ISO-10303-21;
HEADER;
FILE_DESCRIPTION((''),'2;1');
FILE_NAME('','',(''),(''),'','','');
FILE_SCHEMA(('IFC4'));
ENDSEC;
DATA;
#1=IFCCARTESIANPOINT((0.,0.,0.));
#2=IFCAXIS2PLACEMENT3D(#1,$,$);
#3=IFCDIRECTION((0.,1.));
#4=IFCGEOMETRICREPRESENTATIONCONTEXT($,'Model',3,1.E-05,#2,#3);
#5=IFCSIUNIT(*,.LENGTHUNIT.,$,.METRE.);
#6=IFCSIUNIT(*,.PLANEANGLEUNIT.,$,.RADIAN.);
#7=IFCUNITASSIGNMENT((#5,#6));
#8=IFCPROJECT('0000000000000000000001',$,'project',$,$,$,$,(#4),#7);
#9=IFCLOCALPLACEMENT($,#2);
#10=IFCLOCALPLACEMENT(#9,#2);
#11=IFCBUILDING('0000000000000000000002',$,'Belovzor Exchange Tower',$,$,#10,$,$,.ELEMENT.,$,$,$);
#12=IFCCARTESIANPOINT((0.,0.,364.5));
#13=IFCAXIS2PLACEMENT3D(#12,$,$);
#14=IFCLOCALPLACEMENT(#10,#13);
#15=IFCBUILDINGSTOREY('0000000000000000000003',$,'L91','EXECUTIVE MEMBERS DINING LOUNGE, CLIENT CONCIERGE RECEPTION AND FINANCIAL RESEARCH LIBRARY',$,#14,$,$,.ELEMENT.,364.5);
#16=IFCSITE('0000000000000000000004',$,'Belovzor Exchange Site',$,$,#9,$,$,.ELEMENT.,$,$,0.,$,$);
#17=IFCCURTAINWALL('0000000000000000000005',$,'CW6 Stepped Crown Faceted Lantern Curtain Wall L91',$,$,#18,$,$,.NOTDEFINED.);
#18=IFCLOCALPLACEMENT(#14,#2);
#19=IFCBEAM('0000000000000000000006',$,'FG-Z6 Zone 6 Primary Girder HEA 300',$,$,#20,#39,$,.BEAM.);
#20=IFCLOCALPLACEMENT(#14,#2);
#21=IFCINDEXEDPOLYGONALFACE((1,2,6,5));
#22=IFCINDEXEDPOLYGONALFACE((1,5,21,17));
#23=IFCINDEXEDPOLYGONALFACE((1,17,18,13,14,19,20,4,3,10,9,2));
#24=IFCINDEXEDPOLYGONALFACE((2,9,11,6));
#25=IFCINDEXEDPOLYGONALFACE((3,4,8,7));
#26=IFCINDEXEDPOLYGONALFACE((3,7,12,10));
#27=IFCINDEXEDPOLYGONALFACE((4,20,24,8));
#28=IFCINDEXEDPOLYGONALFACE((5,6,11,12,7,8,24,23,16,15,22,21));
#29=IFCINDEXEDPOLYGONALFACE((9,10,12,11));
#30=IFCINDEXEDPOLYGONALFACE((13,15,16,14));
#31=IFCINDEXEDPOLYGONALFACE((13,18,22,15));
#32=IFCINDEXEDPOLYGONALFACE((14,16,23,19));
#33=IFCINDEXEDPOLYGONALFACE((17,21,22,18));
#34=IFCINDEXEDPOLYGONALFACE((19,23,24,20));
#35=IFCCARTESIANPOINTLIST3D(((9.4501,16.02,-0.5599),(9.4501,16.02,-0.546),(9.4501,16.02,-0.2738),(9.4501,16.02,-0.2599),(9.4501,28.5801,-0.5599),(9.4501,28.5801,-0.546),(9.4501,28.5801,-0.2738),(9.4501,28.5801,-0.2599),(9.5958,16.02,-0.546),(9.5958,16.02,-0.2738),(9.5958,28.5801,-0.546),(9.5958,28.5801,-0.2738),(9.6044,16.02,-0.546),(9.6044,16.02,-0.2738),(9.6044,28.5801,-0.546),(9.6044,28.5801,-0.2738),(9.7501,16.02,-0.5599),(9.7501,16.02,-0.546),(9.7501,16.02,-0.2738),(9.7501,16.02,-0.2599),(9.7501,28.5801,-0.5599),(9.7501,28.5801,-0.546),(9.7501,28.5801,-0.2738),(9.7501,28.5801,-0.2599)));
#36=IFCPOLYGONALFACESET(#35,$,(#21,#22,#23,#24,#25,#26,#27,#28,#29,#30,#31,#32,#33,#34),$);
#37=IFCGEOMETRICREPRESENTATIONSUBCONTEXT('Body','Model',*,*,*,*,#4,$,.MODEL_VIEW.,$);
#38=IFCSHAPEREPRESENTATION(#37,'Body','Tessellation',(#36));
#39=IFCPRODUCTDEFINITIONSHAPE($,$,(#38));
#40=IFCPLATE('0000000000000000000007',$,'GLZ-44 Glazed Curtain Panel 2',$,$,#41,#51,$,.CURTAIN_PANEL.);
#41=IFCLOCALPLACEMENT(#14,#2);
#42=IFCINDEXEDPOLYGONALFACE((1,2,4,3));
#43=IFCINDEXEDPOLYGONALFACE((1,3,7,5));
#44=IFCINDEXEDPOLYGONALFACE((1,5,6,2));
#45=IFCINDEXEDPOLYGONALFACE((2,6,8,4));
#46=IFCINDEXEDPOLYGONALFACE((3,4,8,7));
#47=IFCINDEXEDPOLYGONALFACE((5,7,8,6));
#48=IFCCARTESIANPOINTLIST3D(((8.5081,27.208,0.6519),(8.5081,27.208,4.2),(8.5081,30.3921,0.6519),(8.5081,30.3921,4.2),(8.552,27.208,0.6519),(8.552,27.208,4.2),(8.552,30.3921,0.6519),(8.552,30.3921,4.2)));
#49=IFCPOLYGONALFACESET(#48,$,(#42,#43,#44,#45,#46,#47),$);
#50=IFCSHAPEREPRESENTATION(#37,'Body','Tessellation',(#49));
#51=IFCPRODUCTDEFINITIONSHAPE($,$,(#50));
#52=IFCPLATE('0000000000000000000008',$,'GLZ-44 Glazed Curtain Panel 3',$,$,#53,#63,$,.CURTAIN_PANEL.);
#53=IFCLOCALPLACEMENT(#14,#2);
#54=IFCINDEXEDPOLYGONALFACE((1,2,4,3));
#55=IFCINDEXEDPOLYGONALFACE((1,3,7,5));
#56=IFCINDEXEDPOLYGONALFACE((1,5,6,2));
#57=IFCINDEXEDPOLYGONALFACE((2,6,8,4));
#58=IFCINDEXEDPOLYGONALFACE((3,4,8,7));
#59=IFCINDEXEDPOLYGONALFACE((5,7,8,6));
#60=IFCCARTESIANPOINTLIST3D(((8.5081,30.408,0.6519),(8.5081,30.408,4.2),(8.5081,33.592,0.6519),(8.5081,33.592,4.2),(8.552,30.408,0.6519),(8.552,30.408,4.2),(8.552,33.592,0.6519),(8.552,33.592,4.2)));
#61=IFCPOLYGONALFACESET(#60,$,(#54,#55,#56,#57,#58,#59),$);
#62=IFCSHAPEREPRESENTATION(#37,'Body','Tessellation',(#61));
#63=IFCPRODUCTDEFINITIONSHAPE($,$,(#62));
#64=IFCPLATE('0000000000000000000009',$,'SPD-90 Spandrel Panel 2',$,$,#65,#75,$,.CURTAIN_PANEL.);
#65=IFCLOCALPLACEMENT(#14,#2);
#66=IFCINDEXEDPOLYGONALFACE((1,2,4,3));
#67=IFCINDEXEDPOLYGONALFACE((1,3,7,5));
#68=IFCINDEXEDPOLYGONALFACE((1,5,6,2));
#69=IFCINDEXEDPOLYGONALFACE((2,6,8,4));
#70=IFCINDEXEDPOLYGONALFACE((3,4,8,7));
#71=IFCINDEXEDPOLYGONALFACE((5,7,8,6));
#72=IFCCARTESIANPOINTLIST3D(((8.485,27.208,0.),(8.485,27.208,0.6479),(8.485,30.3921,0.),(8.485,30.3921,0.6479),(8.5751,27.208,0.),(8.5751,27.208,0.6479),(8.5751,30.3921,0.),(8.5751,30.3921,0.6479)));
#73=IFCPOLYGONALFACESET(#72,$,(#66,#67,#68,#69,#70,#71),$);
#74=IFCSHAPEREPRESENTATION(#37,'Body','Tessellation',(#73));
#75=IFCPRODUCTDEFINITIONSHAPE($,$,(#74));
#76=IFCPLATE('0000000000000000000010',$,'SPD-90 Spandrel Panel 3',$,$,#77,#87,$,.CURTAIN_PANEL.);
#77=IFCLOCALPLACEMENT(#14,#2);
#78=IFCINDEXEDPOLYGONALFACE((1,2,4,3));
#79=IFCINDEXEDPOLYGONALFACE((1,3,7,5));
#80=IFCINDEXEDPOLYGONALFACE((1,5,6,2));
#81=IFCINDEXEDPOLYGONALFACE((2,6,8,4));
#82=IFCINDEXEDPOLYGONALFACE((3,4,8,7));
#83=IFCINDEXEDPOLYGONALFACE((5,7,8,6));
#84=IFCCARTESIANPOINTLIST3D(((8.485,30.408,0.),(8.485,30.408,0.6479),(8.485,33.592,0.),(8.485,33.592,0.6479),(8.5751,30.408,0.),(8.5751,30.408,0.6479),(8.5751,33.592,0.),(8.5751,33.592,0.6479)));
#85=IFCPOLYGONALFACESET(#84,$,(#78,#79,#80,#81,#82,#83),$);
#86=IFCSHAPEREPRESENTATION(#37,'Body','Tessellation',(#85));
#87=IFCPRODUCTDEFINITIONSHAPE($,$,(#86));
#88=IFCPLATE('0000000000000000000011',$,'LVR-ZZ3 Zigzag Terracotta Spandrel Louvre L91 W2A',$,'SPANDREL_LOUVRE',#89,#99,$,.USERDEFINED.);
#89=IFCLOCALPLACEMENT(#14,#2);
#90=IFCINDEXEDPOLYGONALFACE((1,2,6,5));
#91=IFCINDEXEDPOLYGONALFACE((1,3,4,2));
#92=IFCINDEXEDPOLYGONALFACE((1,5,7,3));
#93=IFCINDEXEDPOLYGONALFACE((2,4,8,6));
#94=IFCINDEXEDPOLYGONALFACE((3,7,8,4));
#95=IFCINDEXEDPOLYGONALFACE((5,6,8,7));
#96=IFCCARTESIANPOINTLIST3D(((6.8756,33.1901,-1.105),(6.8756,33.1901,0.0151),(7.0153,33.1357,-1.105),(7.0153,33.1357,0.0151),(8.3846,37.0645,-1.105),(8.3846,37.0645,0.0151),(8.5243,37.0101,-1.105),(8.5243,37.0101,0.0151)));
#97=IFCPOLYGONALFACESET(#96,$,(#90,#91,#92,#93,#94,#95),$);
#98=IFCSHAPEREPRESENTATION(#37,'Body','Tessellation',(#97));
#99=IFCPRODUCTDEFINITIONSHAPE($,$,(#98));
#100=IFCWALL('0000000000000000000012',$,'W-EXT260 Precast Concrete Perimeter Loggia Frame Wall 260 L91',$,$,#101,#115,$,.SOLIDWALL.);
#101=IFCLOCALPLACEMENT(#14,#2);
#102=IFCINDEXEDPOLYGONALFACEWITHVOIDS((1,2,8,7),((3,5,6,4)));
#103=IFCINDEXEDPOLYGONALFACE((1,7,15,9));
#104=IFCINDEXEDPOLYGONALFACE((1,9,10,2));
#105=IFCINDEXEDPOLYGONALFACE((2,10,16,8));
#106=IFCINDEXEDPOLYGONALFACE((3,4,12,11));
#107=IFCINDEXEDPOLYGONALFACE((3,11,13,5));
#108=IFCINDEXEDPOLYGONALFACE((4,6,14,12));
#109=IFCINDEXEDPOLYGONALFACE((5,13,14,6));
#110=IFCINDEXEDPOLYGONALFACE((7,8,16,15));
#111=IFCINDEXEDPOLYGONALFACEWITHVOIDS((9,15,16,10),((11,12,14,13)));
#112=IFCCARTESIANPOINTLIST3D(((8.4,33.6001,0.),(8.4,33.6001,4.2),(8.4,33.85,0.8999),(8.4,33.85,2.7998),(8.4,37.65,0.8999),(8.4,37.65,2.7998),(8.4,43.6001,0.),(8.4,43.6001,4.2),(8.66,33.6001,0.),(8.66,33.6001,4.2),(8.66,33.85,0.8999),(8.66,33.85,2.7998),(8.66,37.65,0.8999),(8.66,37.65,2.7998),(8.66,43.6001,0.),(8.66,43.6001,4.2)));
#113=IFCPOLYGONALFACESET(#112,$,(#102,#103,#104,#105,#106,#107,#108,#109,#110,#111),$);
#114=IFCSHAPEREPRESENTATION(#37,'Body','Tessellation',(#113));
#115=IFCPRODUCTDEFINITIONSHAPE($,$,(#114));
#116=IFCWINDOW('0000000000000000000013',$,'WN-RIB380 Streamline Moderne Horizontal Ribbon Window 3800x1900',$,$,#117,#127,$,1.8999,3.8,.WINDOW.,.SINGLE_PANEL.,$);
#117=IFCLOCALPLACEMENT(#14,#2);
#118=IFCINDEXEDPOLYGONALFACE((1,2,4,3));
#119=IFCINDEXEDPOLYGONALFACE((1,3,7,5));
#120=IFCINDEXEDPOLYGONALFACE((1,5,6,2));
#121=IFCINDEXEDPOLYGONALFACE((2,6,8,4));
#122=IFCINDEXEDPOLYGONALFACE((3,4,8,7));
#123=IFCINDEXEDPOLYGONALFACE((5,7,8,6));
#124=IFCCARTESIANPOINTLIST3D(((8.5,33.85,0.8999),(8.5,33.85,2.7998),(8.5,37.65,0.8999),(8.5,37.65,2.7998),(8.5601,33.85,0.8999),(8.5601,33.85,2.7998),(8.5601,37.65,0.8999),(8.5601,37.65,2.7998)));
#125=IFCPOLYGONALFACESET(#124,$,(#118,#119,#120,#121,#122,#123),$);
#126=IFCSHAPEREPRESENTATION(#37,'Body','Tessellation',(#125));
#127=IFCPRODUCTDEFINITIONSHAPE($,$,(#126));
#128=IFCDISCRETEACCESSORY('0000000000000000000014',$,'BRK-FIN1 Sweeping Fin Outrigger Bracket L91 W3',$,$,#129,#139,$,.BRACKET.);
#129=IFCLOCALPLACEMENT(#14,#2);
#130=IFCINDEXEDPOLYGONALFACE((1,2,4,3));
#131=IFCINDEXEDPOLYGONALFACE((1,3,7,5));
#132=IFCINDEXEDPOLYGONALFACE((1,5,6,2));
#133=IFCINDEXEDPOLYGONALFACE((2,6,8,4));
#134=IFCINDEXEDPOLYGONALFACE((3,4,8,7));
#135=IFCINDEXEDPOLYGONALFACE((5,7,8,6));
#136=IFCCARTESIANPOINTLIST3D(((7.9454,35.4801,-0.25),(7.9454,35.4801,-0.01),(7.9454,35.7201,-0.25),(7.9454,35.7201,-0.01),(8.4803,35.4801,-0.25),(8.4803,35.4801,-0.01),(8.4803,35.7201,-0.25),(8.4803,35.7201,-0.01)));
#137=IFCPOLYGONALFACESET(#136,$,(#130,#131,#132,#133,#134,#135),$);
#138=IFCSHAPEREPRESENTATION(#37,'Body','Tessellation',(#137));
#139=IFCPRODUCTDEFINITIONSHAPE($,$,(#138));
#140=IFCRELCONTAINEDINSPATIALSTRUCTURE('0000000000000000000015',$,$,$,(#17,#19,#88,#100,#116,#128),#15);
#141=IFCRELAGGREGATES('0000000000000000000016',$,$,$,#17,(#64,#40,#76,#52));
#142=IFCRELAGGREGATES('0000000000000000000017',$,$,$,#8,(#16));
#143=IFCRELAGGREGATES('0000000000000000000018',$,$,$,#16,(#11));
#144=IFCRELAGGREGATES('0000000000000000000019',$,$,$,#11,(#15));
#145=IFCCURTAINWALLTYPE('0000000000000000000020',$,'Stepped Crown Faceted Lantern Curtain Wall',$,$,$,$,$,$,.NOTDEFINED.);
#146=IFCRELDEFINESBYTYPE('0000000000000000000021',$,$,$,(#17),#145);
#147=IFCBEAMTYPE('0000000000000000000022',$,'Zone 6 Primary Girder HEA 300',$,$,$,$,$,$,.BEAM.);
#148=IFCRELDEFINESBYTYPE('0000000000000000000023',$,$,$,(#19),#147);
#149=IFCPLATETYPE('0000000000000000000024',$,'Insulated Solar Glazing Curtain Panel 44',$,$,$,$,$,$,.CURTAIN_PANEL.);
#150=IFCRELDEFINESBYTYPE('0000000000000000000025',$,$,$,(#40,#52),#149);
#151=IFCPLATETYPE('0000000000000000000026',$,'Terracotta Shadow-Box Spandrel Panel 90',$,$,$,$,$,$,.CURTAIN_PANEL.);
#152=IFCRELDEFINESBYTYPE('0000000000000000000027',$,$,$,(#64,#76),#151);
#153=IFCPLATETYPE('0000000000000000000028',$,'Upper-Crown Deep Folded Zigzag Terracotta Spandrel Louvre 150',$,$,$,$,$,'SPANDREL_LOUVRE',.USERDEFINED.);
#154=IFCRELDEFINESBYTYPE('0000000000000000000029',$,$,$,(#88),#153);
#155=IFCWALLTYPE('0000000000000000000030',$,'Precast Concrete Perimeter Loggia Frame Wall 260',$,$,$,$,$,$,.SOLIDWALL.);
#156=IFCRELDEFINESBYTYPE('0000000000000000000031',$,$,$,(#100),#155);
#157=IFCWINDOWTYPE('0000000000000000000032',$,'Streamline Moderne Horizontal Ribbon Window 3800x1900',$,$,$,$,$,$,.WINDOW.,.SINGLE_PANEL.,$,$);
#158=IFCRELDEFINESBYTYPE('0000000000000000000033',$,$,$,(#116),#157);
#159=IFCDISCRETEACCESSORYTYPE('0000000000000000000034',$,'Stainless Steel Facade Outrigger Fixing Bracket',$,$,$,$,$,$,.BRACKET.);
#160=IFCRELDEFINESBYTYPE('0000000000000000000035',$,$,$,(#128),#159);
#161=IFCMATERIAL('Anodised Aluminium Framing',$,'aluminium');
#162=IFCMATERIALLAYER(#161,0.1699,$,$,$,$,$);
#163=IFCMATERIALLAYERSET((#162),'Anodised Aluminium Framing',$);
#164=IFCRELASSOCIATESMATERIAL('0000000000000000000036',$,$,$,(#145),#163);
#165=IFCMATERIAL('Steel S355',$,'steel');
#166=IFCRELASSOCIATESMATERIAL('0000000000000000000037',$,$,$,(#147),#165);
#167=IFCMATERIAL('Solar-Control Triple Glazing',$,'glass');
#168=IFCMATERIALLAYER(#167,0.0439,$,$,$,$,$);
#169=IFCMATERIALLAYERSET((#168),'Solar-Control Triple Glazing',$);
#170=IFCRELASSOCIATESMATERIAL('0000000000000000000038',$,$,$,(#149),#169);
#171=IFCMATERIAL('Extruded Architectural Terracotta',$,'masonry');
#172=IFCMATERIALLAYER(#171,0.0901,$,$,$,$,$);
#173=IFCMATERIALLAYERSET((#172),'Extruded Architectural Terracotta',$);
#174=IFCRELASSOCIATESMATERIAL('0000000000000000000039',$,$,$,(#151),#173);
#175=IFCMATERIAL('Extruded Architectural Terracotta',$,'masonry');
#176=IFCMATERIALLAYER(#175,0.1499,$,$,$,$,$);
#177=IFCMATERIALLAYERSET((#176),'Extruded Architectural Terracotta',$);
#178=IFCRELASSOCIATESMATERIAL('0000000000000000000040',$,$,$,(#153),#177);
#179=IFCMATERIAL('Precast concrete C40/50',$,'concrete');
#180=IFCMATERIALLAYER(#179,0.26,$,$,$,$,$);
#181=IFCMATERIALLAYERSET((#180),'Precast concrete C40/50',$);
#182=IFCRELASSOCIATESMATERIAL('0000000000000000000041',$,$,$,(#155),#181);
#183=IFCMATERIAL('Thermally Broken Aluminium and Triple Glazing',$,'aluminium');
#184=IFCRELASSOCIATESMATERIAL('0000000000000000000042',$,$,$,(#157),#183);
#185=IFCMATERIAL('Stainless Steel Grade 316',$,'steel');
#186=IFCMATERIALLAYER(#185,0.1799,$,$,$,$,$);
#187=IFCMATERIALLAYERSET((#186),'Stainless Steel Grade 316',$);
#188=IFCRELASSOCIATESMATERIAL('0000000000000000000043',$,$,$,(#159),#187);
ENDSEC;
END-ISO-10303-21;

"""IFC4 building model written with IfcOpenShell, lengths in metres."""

from ifc_helpers import new_model, si_unit, direction, frame, frame_2d, origin, origin_2d, place, context, subcontext, project, spatial, rectangle, i_section, extrude, material, layer, layer_set, material_profile, profile_set, type_object, element, fill, aggregate, save


model = new_model("IFC4")

# Units and contexts
model_context = context("Model", 3, precision=1e-05, world=origin(), true_north=direction((0.0, 1.0)))
body_context = subcontext(model_context, "Body", "Model", "MODEL_VIEW")
ifc_project = project(units=[si_unit("LENGTHUNIT", "METRE"), si_unit("PLANEANGLEUNIT", "RADIAN")], contexts=[model_context])

# Site, building, storey
site_placement = place(None, origin())
site = spatial("IfcSite", under=ifc_project, at=site_placement, Name="Belovzor Exchange Site", CompositionType="ELEMENT", RefElevation=0.0)
building_placement = place(site_placement, origin())
building = spatial("IfcBuilding", under=site, at=building_placement, Name="Belovzor Exchange Tower", CompositionType="ELEMENT")
storey_placement = place(building_placement, frame((0.0, 0.0, 364.5)))
storey = spatial("IfcBuildingStorey", under=building, at=storey_placement, Name="L91", Description="EXECUTIVE MEMBERS DINING LOUNGE, CLIENT CONCIERGE RECEPTION AND FINANCIAL RESEARCH LIBRARY", CompositionType="ELEMENT", Elevation=364.5)

# Curtain wall
ifc_material_1 = material(Name="Anodised Aluminium Framing", Category="aluminium")
ifc_layer_1 = layer(ifc_material_1, 0.1699)
ifc_layer_set_1 = layer_set([ifc_layer_1], Name="Anodised Aluminium Framing")
curtain_wall_type = type_object("IfcCurtainWallType", Name="Stepped Crown Faceted Lantern Curtain Wall", PredefinedType="NOTDEFINED", material=ifc_layer_set_1)
curtain_wall_placement = place(storey_placement, origin())
curtain_wall = element("IfcCurtainWall", 1, at=curtain_wall_placement, inside=storey, type_object=curtain_wall_type, Name="CW6 Stepped Crown Faceted Lantern Curtain Wall L91", PredefinedType="NOTDEFINED")

# Beam
ifc_material_2 = material(Name="Steel S355", Category="steel")
ifc_material_profile_1 = material_profile(ifc_material_2, i_section(OverallWidth=0.3, OverallDepth=0.3, WebThickness=0.0085, FlangeThickness=0.0139, at=origin_2d()))
ifc_profile_set_1 = profile_set([ifc_material_profile_1], Name="Steel S355")
beam_type_1 = type_object("IfcBeamType", Name="Zone 6 Primary Girder HEA 300", PredefinedType="BEAM", material=ifc_profile_set_1)
beam_1_placement = place(storey_placement, frame((9.6001, 28.5801, -0.4099), z_axis=(0.0, -1.0, 0.0), x_axis=(1.0, 0.0, 0.0)))
element("IfcBeam", 2, at=beam_1_placement, inside=storey, type_object=beam_type_1, Name="FG-Z6 Zone 6 Primary Girder HEA 300", PredefinedType="BEAM", context=body_context, shape_type="SweptSolid", body=[
    extrude(i_section(OverallWidth=0.3, OverallDepth=0.3, WebThickness=0.0085, FlangeThickness=0.0139, at=origin_2d()), origin(), (0.0, 0.0, 1.0), 12.5601),
])

# Plates
ifc_material_3 = material(Name="Solar-Control Triple Glazing", Category="glass")
ifc_layer_2 = layer(ifc_material_3, 0.0439)
ifc_layer_set_2 = layer_set([ifc_layer_2], Name="Solar-Control Triple Glazing")
plate_type_1 = type_object("IfcPlateType", Name="Insulated Solar Glazing Curtain Panel 44", PredefinedType="CURTAIN_PANEL", material=ifc_layer_set_2)
plate_1_placement = place(storey_placement, frame((8.53, 28.8, 0.6519), z_axis=(0.0, 0.0, 1.0), x_axis=(0.0, 1.0, 0.0)))
plate_1 = element("IfcPlate", 3, at=plate_1_placement, type_object=plate_type_1, Name="GLZ-44 Glazed Curtain Panel 2", PredefinedType="CURTAIN_PANEL", context=body_context, shape_type="SweptSolid", body=[
    extrude(rectangle(XDim=3.1841, YDim=0.0439, at=origin_2d()), origin(), (0.0, 0.0, 1.0), 3.5481),
])
plate_2_placement = place(storey_placement, frame((8.53, 32.0, 0.6519), z_axis=(0.0, 0.0, 1.0), x_axis=(0.0, 1.0, 0.0)))
plate_2 = element("IfcPlate", 4, at=plate_2_placement, type_object=plate_type_1, Name="GLZ-44 Glazed Curtain Panel 3", PredefinedType="CURTAIN_PANEL", context=body_context, shape_type="SweptSolid", body=[
    extrude(rectangle(XDim=3.1841, YDim=0.0439, at=origin_2d()), origin(), (0.0, 0.0, 1.0), 3.5481),
])
ifc_material_4 = material(Name="Extruded Architectural Terracotta", Category="masonry")
ifc_layer_3 = layer(ifc_material_4, 0.0901)
ifc_layer_set_3 = layer_set([ifc_layer_3], Name="Extruded Architectural Terracotta")
plate_type_2 = type_object("IfcPlateType", Name="Terracotta Shadow-Box Spandrel Panel 90", PredefinedType="CURTAIN_PANEL", material=ifc_layer_set_3)
plate_3_placement = place(storey_placement, frame((8.53, 28.8, 0.0), z_axis=(0.0, 0.0, 1.0), x_axis=(0.0, 1.0, 0.0)))
plate_3 = element("IfcPlate", 5, at=plate_3_placement, type_object=plate_type_2, Name="SPD-90 Spandrel Panel 2", PredefinedType="CURTAIN_PANEL", context=body_context, shape_type="SweptSolid", body=[
    extrude(rectangle(XDim=3.1841, YDim=0.0901, at=origin_2d()), origin(), (0.0, 0.0, 1.0), 0.6479),
])
plate_4_placement = place(storey_placement, frame((8.53, 32.0, 0.0), z_axis=(0.0, 0.0, 1.0), x_axis=(0.0, 1.0, 0.0)))
plate_4 = element("IfcPlate", 6, at=plate_4_placement, type_object=plate_type_2, Name="SPD-90 Spandrel Panel 3", PredefinedType="CURTAIN_PANEL", context=body_context, shape_type="SweptSolid", body=[
    extrude(rectangle(XDim=3.1841, YDim=0.0901, at=origin_2d()), origin(), (0.0, 0.0, 1.0), 0.6479),
])
aggregate(curtain_wall, [plate_3, plate_1, plate_4, plate_2])
ifc_material_5 = material(Name="Extruded Architectural Terracotta", Category="masonry")
ifc_layer_4 = layer(ifc_material_5, 0.1499)
ifc_layer_set_4 = layer_set([ifc_layer_4], Name="Extruded Architectural Terracotta")
plate_type_3 = type_object("IfcPlateType", Name="Upper-Crown Deep Folded Zigzag Terracotta Spandrel Louvre 150", ElementType="SPANDREL_LOUVRE", PredefinedType="USERDEFINED", material=ifc_layer_set_4)
plate_5_placement = place(storey_placement, frame((7.7, 35.1001, -1.105), z_axis=(0.0, 0.0, 1.0), x_axis=(0.362926, 0.931818, 0.0)))
element("IfcPlate", 7, at=plate_5_placement, inside=storey, type_object=plate_type_3, Name="LVR-ZZ3 Zigzag Terracotta Spandrel Louvre L91 W2A", ObjectType="SPANDREL_LOUVRE", PredefinedType="USERDEFINED", context=body_context, shape_type="SweptSolid", body=[
    extrude(rectangle(XDim=4.158, YDim=0.1499, at=origin_2d()), origin(), (0.0, 0.0, 1.0), 1.1201),
])

# Wall, opening, window
ifc_material_6 = material(Name="Precast concrete C40/50", Category="concrete")
ifc_layer_5 = layer(ifc_material_6, 0.26)
ifc_layer_set_5 = layer_set([ifc_layer_5], Name="Precast concrete C40/50")
wall_type = type_object("IfcWallType", Name="Precast Concrete Perimeter Loggia Frame Wall 260", PredefinedType="SOLIDWALL", material=ifc_layer_set_5)
wall_placement = place(storey_placement, frame((8.53, 33.6001, 0.0), z_axis=(0.0, 0.0, 1.0), x_axis=(0.0, 1.0, 0.0)))
wall = element("IfcWall", 8, at=wall_placement, inside=storey, type_object=wall_type, Name="W-EXT260 Precast Concrete Perimeter Loggia Frame Wall 260 L91", PredefinedType="SOLIDWALL", context=body_context, shape_type="SweptSolid", body=[
    extrude(rectangle(XDim=10.0, YDim=0.26, at=frame_2d((5.0, 0.0))), origin(), (0.0, 0.0, 1.0), 4.2),
])
opening_placement = place(wall_placement, frame((0.25, 0.0, 0.8999)))
opening = element("IfcOpeningElement", 9, at=opening_placement, cuts=wall, PredefinedType="OPENING", context=body_context, shape_type="SweptSolid", body=[
    extrude(rectangle(XDim=3.8, YDim=1.8999, at=frame_2d((1.8999, 0.95))), frame((0.0, 0.1399, 0.0), z_axis=(0.0, -1.0, 0.0), x_axis=(1.0, 0.0, 0.0)), (0.0, 0.0, 1.0), 0.28),
])
ifc_material_7 = material(Name="Thermally Broken Aluminium and Triple Glazing", Category="aluminium")
window_type = type_object("IfcWindowType", Name="Streamline Moderne Horizontal Ribbon Window 3800x1900", PartitioningType="SINGLE_PANEL", PredefinedType="WINDOW", material=ifc_material_7)
window_placement = place(opening_placement, origin())
window = element("IfcWindow", 10, at=window_placement, inside=storey, type_object=window_type, Name="WN-RIB380 Streamline Moderne Horizontal Ribbon Window 3800x1900", OverallHeight=1.8999, OverallWidth=3.8, PartitioningType="SINGLE_PANEL", PredefinedType="WINDOW", context=body_context, shape_type="SweptSolid", body=[
    extrude(rectangle(XDim=3.8, YDim=1.8999, at=frame_2d((1.8999, 0.95))), frame((0.0, 0.03, 0.0), z_axis=(0.0, -1.0, 0.0), x_axis=(1.0, 0.0, 0.0)), (0.0, 0.0, 1.0), 0.0601),
])
fill(opening, window)

# Discrete accessory
ifc_material_8 = material(Name="Stainless Steel Grade 316", Category="steel")
ifc_layer_6 = layer(ifc_material_8, 0.1799)
ifc_layer_set_6 = layer_set([ifc_layer_6], Name="Stainless Steel Grade 316")
discrete_accessory_type = type_object("IfcDiscreteAccessoryType", Name="Stainless Steel Facade Outrigger Fixing Bracket", PredefinedType="BRACKET", material=ifc_layer_set_6)
discrete_accessory_placement = place(storey_placement, frame((8.2129, 35.6001, -0.25), z_axis=(0.0, 0.0, 1.0), x_axis=(1.0, 0.0, 0.0)))
element("IfcDiscreteAccessory", 11, at=discrete_accessory_placement, inside=storey, type_object=discrete_accessory_type, Name="BRK-FIN1 Sweeping Fin Outrigger Bracket L91 W3", PredefinedType="BRACKET", context=body_context, shape_type="SweptSolid", body=[
    extrude(rectangle(XDim=0.5349, YDim=0.24, at=origin_2d()), origin(), (0.0, 0.0, 1.0), 0.24),
])

save(model, "model.ifc")
